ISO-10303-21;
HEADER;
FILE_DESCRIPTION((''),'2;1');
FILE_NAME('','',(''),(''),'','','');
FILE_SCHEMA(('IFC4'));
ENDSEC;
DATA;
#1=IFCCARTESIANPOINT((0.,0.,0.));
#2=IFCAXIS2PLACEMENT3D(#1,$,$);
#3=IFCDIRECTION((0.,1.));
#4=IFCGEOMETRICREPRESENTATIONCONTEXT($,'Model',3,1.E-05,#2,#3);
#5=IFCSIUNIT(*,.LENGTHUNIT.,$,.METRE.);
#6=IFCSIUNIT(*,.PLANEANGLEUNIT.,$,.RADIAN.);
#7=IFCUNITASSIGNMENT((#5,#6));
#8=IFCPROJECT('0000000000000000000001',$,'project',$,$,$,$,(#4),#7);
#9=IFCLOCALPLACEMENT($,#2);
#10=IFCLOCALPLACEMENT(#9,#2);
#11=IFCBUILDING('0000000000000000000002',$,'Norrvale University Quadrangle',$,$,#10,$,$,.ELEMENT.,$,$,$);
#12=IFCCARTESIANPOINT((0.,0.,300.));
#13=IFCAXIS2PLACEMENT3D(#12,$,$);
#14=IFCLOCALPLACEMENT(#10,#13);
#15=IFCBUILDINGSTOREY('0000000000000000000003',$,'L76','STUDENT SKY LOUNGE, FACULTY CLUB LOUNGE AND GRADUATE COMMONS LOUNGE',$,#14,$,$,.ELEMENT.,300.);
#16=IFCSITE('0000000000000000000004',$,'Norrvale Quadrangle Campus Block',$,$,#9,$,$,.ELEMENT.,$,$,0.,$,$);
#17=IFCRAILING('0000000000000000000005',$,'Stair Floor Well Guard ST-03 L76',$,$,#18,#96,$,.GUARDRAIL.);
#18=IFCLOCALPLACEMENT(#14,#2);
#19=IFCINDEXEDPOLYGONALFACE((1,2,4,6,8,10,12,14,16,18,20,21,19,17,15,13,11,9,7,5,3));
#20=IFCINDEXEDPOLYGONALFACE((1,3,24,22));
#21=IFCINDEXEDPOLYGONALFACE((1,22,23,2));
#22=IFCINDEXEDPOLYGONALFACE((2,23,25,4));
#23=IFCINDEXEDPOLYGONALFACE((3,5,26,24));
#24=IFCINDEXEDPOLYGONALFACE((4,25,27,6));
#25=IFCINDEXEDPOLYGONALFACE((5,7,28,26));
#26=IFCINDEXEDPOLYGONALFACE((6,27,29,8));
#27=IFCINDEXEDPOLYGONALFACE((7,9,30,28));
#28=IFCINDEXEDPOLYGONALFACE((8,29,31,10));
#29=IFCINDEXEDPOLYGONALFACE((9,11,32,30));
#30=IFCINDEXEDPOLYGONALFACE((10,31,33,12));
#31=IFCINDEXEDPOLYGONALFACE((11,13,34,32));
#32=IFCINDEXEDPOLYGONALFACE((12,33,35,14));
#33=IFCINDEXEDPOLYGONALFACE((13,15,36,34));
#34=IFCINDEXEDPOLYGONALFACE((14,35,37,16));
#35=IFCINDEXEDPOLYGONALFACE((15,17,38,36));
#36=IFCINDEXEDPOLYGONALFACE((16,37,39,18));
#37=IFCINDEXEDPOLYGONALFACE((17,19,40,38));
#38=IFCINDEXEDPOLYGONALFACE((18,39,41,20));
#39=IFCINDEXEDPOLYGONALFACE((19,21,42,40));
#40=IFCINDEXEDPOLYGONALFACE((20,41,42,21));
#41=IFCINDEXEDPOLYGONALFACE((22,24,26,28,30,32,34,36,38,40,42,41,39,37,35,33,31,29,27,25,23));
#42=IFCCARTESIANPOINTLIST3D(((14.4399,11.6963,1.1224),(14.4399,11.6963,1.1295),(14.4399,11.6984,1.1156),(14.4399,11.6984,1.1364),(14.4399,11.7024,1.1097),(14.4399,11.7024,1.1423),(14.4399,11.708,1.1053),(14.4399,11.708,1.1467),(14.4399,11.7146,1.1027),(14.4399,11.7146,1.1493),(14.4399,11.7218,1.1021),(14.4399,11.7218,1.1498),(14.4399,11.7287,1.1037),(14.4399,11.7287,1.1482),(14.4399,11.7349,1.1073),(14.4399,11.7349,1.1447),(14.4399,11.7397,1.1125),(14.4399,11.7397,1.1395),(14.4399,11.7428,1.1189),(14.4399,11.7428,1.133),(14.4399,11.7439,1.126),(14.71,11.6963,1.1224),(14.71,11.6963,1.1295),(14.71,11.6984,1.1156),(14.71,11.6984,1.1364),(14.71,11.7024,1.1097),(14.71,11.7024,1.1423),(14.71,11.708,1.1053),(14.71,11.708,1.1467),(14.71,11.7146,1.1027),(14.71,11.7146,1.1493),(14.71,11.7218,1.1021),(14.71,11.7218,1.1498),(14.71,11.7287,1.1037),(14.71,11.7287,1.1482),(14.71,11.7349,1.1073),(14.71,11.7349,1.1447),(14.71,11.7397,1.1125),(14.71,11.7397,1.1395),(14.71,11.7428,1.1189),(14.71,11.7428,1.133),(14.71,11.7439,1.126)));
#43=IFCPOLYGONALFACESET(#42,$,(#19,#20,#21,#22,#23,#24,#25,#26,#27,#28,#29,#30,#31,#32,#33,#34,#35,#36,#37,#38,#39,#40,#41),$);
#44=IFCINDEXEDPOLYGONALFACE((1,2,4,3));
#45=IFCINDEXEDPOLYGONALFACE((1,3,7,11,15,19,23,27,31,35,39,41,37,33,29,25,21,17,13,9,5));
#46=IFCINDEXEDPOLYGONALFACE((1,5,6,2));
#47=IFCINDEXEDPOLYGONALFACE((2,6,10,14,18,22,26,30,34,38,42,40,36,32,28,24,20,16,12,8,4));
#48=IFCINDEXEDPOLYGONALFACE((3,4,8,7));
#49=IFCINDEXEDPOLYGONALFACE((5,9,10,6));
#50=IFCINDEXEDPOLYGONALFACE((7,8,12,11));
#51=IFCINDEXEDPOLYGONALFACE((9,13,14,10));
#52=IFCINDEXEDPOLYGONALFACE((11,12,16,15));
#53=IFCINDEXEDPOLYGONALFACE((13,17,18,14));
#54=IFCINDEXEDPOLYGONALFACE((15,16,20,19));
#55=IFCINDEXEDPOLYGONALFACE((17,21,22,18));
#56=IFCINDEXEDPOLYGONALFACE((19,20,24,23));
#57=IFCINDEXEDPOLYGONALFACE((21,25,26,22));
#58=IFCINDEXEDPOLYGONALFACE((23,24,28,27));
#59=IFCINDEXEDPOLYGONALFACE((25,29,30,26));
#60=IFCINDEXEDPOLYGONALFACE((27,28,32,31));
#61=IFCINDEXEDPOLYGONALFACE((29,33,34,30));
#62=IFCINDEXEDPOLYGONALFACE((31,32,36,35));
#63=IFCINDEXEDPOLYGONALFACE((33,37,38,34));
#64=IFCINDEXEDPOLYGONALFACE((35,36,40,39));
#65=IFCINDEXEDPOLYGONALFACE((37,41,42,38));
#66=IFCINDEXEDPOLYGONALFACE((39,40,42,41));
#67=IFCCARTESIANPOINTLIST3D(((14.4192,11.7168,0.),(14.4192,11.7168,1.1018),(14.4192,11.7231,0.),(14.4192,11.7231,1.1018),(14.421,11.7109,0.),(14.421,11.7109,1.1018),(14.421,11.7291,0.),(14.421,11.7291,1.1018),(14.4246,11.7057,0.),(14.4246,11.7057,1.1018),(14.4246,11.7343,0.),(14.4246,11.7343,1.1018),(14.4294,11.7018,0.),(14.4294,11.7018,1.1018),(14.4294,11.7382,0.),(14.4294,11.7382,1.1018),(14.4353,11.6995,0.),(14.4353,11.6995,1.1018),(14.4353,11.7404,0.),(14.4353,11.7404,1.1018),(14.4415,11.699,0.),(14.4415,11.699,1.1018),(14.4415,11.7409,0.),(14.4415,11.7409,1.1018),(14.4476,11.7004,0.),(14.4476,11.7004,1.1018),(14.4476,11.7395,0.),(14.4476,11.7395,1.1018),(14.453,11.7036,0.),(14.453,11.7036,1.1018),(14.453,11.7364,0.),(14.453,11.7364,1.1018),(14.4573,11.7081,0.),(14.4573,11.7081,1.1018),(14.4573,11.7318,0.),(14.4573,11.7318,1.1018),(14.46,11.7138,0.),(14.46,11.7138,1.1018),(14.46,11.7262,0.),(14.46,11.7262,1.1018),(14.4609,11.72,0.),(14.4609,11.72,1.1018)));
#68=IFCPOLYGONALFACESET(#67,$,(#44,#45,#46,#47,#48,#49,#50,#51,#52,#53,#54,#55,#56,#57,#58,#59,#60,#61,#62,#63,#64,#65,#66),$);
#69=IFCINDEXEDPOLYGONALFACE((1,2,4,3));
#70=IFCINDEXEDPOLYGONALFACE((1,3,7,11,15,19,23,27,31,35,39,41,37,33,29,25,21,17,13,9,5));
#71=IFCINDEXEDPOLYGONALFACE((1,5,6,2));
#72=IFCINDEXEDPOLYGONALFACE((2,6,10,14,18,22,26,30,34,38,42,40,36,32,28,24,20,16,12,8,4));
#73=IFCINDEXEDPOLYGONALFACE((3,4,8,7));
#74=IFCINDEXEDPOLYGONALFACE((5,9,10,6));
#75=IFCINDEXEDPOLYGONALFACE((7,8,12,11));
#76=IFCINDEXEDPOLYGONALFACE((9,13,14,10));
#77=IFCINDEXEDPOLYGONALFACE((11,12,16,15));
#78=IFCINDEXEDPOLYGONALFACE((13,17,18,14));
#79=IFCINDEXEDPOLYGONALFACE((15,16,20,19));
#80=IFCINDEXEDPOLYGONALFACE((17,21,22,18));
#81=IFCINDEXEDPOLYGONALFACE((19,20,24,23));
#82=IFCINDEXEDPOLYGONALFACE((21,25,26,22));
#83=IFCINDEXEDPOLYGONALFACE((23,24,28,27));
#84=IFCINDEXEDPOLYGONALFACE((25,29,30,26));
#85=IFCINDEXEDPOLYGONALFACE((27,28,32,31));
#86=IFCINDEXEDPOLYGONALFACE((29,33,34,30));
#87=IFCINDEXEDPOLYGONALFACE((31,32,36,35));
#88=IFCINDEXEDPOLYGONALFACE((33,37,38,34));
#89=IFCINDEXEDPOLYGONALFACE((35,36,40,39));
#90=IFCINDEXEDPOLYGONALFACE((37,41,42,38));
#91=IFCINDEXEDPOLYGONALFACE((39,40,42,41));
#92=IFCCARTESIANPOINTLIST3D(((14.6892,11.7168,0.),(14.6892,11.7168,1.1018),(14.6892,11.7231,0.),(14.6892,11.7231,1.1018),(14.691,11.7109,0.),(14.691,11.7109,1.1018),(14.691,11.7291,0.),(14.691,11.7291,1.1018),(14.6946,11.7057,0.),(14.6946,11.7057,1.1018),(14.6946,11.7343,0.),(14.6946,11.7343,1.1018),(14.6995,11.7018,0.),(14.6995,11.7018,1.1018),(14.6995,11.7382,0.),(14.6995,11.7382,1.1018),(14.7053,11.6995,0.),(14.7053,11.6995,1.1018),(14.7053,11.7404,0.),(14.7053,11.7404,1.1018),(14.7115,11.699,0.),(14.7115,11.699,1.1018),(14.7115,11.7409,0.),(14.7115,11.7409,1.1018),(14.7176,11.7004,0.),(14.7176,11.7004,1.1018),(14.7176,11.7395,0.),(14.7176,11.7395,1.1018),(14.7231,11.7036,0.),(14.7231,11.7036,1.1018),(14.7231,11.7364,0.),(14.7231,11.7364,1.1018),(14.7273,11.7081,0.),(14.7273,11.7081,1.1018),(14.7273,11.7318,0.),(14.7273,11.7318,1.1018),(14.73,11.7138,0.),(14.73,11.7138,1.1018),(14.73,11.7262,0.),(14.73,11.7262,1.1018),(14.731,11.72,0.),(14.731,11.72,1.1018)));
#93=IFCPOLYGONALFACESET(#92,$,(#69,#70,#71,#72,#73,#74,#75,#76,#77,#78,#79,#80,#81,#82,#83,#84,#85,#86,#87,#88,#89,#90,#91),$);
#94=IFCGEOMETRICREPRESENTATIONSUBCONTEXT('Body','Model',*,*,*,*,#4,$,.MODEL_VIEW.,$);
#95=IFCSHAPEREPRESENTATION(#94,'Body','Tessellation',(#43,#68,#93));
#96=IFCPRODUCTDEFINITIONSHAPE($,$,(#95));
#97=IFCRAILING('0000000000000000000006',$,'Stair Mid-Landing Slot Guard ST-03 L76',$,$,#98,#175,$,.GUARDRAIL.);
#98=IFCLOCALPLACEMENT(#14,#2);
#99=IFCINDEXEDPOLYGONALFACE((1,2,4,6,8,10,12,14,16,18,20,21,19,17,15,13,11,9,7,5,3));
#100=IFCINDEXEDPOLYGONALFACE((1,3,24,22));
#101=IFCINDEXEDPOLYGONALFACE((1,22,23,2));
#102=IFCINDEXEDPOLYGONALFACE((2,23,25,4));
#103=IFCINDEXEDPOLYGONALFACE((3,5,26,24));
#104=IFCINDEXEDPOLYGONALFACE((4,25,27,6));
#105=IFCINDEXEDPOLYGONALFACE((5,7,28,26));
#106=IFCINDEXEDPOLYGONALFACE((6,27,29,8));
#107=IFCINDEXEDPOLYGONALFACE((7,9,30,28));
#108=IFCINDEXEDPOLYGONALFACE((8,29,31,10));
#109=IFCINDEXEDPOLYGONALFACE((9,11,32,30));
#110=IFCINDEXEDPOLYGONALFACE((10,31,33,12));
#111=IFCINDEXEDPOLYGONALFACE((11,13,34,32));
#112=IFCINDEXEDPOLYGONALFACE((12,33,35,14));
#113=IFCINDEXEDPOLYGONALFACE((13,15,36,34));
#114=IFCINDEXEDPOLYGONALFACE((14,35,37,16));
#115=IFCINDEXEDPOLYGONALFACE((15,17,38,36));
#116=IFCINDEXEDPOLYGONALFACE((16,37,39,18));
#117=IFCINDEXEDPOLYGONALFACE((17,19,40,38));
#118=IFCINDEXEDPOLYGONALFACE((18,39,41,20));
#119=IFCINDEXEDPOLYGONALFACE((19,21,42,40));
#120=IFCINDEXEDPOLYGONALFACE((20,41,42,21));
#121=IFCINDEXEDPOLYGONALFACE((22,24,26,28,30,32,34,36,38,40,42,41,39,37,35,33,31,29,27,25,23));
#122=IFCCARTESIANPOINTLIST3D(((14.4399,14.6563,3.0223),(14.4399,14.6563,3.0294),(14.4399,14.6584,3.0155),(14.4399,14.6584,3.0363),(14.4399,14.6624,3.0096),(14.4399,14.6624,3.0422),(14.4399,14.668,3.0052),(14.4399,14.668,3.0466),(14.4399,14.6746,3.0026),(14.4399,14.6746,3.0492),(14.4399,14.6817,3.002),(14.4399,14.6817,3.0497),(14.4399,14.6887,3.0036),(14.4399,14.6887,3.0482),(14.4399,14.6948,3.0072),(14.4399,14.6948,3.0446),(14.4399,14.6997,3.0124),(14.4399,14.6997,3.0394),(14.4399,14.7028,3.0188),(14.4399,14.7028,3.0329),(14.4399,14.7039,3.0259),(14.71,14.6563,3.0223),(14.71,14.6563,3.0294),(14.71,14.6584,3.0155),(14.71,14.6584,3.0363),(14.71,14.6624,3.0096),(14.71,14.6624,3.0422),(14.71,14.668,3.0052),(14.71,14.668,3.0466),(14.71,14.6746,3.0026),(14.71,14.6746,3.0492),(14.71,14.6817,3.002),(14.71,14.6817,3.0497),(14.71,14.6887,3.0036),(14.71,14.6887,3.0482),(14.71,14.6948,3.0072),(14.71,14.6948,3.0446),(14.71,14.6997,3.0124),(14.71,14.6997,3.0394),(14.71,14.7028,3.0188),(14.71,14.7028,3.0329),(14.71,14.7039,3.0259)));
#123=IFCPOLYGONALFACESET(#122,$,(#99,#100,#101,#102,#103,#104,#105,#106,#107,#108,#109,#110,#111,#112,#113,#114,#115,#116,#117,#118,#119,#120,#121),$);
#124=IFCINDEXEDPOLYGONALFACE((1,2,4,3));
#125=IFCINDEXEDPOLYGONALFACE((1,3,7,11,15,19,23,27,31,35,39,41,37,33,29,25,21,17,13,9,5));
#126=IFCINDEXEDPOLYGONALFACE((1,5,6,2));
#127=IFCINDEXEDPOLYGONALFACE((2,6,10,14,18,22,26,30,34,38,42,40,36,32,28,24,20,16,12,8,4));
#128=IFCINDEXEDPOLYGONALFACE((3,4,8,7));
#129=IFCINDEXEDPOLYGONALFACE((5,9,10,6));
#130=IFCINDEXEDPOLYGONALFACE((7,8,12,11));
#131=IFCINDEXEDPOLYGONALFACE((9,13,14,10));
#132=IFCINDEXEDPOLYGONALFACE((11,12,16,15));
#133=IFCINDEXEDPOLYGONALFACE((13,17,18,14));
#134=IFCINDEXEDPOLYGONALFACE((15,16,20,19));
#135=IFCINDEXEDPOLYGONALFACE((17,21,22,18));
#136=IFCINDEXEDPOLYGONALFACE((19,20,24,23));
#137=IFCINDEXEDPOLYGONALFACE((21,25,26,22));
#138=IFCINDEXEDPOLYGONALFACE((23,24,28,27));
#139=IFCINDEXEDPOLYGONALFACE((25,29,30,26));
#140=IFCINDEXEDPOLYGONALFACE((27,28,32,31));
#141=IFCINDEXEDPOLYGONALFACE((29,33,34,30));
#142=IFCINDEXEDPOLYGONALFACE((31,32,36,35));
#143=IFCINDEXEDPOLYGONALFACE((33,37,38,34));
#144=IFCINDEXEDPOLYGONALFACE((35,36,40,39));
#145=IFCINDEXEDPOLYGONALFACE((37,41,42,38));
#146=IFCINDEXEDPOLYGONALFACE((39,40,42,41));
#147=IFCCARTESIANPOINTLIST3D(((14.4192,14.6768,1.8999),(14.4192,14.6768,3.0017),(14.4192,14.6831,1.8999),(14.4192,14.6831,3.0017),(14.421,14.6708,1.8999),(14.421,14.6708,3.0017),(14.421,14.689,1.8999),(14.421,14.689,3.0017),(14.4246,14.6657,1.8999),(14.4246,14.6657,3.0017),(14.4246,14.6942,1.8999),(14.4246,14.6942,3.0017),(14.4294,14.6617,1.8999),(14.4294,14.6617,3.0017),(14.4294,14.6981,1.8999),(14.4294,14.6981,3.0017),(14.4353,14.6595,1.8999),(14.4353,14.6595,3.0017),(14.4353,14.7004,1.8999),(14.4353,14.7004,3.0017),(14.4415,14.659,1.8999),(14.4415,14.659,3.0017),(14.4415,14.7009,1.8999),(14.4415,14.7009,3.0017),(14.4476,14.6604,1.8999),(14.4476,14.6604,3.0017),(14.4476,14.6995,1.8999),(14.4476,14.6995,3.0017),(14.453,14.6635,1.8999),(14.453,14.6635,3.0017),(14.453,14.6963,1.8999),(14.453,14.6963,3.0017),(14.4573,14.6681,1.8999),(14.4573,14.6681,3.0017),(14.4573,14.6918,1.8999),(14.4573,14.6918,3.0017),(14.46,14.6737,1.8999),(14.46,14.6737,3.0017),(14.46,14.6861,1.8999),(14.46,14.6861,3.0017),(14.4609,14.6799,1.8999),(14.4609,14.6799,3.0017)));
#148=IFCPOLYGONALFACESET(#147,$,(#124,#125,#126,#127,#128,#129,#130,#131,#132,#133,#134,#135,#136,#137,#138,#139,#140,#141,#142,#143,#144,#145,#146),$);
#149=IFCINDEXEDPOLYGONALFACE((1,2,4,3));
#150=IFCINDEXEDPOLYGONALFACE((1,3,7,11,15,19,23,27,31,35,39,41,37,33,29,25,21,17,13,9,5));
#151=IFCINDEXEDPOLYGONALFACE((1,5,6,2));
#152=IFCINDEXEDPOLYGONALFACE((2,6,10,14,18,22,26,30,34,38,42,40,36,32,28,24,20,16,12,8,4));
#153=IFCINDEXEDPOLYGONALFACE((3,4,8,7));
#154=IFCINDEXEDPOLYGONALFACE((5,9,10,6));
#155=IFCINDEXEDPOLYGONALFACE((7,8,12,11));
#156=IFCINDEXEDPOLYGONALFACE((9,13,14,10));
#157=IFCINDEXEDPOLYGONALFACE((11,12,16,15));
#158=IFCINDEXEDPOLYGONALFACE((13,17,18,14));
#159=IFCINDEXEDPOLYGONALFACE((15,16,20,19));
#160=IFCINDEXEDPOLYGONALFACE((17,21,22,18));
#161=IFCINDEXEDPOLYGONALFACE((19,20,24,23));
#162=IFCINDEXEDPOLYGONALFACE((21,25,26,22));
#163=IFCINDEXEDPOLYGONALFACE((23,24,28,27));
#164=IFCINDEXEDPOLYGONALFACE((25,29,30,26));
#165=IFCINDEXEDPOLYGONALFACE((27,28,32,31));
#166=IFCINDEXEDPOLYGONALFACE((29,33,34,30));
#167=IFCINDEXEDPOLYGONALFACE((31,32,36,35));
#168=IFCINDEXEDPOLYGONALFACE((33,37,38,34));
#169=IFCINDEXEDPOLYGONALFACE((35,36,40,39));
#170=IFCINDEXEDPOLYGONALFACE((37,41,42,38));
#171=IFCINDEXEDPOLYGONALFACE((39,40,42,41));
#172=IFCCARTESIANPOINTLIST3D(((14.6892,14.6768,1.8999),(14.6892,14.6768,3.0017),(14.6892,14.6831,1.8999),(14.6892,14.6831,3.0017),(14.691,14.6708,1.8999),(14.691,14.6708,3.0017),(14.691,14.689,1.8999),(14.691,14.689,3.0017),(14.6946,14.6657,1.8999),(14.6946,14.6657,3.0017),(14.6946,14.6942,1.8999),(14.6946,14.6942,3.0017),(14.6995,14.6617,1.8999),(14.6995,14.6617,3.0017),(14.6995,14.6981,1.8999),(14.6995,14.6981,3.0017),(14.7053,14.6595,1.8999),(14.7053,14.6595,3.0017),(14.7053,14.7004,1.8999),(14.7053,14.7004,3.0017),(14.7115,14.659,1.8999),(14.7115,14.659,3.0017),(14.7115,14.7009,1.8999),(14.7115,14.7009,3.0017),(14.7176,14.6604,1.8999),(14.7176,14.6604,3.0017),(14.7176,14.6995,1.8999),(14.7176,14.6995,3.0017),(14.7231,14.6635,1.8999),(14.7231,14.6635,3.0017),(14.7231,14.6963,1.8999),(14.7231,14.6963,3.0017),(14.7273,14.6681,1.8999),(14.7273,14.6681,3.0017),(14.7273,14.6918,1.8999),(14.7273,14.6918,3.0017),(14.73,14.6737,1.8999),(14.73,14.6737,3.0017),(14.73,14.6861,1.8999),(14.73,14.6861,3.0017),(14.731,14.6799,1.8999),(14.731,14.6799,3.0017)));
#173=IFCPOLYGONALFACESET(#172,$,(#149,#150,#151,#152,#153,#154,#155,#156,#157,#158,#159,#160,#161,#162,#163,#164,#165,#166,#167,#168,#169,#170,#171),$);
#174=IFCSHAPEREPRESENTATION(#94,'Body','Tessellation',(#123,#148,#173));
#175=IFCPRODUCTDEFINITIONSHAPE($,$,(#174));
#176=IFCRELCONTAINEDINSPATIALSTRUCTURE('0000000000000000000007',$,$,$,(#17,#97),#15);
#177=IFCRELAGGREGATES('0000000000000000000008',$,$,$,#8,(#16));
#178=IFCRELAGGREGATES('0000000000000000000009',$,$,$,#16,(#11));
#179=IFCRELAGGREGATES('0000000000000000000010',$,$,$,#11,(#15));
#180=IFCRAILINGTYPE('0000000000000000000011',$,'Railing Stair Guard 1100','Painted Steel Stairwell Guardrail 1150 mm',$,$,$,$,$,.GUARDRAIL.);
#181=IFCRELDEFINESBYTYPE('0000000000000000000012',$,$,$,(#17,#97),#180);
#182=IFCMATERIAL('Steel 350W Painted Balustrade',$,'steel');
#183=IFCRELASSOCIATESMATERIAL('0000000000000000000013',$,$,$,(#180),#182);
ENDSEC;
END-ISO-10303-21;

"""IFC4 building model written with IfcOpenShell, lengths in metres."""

from ifc_helpers import new_model, si_unit, direction, frame, origin, origin_2d, place, context, subcontext, project, spatial, circle, extrude, material, type_object, element, save


model = new_model("IFC4")

# Units and contexts
model_context = context("Model", 3, precision=1e-05, world=origin(), true_north=direction((0.0, 1.0)))
body_context = subcontext(model_context, "Body", "Model", "MODEL_VIEW")
ifc_project = project(units=[si_unit("LENGTHUNIT", "METRE"), si_unit("PLANEANGLEUNIT", "RADIAN")], contexts=[model_context])

# Site, building, storey
site_placement = place(None, origin())
site = spatial("IfcSite", under=ifc_project, at=site_placement, Name="Norrvale Quadrangle Campus Block", CompositionType="ELEMENT", RefElevation=0.0)
building_placement = place(site_placement, origin())
building = spatial("IfcBuilding", under=site, at=building_placement, Name="Norrvale University Quadrangle", CompositionType="ELEMENT")
storey_placement = place(building_placement, frame((0.0, 0.0, 300.0)))
storey = spatial("IfcBuildingStorey", under=building, at=storey_placement, Name="L76", Description="STUDENT SKY LOUNGE, FACULTY CLUB LOUNGE AND GRADUATE COMMONS LOUNGE", CompositionType="ELEMENT", Elevation=300.0)

# Railings
ifc_material_1 = material(Name="Steel 350W Painted Balustrade", Category="steel")
railing_type_1 = type_object("IfcRailingType", Name="Railing Stair Guard 1100", Description="Painted Steel Stairwell Guardrail 1150 mm", PredefinedType="GUARDRAIL", material=ifc_material_1)
for number, where, name in (
    (1, (14.4399, 11.72, 0.0), "Stair Floor Well Guard ST-03 L76"),
    (2, (14.4399, 14.6799, 1.8999), "Stair Mid-Landing Slot Guard ST-03 L76"),
):
    element("IfcRailing", number, at=place(storey_placement, frame(where)), inside=storey, type_object=railing_type_1, Name=name, PredefinedType="GUARDRAIL", context=body_context, shape_type="SweptSolid", body=[
        extrude(circle(Radius=0.0239, at=origin_2d()), frame((0.0, 0.0, 1.126), z_axis=(1.0, 0.0, 0.0), x_axis=(0.0, 1.0, 0.0)), (0.0, 0.0, 1.0), 0.27),
        extrude(circle(Radius=0.021, at=origin_2d()), origin(), (0.0, 0.0, 1.0), 1.1018),
        extrude(circle(Radius=0.021, at=origin_2d()), frame((0.27, 0.0, 0.0)), (0.0, 0.0, 1.0), 1.1018),
    ])

save(model, "model.ifc")
